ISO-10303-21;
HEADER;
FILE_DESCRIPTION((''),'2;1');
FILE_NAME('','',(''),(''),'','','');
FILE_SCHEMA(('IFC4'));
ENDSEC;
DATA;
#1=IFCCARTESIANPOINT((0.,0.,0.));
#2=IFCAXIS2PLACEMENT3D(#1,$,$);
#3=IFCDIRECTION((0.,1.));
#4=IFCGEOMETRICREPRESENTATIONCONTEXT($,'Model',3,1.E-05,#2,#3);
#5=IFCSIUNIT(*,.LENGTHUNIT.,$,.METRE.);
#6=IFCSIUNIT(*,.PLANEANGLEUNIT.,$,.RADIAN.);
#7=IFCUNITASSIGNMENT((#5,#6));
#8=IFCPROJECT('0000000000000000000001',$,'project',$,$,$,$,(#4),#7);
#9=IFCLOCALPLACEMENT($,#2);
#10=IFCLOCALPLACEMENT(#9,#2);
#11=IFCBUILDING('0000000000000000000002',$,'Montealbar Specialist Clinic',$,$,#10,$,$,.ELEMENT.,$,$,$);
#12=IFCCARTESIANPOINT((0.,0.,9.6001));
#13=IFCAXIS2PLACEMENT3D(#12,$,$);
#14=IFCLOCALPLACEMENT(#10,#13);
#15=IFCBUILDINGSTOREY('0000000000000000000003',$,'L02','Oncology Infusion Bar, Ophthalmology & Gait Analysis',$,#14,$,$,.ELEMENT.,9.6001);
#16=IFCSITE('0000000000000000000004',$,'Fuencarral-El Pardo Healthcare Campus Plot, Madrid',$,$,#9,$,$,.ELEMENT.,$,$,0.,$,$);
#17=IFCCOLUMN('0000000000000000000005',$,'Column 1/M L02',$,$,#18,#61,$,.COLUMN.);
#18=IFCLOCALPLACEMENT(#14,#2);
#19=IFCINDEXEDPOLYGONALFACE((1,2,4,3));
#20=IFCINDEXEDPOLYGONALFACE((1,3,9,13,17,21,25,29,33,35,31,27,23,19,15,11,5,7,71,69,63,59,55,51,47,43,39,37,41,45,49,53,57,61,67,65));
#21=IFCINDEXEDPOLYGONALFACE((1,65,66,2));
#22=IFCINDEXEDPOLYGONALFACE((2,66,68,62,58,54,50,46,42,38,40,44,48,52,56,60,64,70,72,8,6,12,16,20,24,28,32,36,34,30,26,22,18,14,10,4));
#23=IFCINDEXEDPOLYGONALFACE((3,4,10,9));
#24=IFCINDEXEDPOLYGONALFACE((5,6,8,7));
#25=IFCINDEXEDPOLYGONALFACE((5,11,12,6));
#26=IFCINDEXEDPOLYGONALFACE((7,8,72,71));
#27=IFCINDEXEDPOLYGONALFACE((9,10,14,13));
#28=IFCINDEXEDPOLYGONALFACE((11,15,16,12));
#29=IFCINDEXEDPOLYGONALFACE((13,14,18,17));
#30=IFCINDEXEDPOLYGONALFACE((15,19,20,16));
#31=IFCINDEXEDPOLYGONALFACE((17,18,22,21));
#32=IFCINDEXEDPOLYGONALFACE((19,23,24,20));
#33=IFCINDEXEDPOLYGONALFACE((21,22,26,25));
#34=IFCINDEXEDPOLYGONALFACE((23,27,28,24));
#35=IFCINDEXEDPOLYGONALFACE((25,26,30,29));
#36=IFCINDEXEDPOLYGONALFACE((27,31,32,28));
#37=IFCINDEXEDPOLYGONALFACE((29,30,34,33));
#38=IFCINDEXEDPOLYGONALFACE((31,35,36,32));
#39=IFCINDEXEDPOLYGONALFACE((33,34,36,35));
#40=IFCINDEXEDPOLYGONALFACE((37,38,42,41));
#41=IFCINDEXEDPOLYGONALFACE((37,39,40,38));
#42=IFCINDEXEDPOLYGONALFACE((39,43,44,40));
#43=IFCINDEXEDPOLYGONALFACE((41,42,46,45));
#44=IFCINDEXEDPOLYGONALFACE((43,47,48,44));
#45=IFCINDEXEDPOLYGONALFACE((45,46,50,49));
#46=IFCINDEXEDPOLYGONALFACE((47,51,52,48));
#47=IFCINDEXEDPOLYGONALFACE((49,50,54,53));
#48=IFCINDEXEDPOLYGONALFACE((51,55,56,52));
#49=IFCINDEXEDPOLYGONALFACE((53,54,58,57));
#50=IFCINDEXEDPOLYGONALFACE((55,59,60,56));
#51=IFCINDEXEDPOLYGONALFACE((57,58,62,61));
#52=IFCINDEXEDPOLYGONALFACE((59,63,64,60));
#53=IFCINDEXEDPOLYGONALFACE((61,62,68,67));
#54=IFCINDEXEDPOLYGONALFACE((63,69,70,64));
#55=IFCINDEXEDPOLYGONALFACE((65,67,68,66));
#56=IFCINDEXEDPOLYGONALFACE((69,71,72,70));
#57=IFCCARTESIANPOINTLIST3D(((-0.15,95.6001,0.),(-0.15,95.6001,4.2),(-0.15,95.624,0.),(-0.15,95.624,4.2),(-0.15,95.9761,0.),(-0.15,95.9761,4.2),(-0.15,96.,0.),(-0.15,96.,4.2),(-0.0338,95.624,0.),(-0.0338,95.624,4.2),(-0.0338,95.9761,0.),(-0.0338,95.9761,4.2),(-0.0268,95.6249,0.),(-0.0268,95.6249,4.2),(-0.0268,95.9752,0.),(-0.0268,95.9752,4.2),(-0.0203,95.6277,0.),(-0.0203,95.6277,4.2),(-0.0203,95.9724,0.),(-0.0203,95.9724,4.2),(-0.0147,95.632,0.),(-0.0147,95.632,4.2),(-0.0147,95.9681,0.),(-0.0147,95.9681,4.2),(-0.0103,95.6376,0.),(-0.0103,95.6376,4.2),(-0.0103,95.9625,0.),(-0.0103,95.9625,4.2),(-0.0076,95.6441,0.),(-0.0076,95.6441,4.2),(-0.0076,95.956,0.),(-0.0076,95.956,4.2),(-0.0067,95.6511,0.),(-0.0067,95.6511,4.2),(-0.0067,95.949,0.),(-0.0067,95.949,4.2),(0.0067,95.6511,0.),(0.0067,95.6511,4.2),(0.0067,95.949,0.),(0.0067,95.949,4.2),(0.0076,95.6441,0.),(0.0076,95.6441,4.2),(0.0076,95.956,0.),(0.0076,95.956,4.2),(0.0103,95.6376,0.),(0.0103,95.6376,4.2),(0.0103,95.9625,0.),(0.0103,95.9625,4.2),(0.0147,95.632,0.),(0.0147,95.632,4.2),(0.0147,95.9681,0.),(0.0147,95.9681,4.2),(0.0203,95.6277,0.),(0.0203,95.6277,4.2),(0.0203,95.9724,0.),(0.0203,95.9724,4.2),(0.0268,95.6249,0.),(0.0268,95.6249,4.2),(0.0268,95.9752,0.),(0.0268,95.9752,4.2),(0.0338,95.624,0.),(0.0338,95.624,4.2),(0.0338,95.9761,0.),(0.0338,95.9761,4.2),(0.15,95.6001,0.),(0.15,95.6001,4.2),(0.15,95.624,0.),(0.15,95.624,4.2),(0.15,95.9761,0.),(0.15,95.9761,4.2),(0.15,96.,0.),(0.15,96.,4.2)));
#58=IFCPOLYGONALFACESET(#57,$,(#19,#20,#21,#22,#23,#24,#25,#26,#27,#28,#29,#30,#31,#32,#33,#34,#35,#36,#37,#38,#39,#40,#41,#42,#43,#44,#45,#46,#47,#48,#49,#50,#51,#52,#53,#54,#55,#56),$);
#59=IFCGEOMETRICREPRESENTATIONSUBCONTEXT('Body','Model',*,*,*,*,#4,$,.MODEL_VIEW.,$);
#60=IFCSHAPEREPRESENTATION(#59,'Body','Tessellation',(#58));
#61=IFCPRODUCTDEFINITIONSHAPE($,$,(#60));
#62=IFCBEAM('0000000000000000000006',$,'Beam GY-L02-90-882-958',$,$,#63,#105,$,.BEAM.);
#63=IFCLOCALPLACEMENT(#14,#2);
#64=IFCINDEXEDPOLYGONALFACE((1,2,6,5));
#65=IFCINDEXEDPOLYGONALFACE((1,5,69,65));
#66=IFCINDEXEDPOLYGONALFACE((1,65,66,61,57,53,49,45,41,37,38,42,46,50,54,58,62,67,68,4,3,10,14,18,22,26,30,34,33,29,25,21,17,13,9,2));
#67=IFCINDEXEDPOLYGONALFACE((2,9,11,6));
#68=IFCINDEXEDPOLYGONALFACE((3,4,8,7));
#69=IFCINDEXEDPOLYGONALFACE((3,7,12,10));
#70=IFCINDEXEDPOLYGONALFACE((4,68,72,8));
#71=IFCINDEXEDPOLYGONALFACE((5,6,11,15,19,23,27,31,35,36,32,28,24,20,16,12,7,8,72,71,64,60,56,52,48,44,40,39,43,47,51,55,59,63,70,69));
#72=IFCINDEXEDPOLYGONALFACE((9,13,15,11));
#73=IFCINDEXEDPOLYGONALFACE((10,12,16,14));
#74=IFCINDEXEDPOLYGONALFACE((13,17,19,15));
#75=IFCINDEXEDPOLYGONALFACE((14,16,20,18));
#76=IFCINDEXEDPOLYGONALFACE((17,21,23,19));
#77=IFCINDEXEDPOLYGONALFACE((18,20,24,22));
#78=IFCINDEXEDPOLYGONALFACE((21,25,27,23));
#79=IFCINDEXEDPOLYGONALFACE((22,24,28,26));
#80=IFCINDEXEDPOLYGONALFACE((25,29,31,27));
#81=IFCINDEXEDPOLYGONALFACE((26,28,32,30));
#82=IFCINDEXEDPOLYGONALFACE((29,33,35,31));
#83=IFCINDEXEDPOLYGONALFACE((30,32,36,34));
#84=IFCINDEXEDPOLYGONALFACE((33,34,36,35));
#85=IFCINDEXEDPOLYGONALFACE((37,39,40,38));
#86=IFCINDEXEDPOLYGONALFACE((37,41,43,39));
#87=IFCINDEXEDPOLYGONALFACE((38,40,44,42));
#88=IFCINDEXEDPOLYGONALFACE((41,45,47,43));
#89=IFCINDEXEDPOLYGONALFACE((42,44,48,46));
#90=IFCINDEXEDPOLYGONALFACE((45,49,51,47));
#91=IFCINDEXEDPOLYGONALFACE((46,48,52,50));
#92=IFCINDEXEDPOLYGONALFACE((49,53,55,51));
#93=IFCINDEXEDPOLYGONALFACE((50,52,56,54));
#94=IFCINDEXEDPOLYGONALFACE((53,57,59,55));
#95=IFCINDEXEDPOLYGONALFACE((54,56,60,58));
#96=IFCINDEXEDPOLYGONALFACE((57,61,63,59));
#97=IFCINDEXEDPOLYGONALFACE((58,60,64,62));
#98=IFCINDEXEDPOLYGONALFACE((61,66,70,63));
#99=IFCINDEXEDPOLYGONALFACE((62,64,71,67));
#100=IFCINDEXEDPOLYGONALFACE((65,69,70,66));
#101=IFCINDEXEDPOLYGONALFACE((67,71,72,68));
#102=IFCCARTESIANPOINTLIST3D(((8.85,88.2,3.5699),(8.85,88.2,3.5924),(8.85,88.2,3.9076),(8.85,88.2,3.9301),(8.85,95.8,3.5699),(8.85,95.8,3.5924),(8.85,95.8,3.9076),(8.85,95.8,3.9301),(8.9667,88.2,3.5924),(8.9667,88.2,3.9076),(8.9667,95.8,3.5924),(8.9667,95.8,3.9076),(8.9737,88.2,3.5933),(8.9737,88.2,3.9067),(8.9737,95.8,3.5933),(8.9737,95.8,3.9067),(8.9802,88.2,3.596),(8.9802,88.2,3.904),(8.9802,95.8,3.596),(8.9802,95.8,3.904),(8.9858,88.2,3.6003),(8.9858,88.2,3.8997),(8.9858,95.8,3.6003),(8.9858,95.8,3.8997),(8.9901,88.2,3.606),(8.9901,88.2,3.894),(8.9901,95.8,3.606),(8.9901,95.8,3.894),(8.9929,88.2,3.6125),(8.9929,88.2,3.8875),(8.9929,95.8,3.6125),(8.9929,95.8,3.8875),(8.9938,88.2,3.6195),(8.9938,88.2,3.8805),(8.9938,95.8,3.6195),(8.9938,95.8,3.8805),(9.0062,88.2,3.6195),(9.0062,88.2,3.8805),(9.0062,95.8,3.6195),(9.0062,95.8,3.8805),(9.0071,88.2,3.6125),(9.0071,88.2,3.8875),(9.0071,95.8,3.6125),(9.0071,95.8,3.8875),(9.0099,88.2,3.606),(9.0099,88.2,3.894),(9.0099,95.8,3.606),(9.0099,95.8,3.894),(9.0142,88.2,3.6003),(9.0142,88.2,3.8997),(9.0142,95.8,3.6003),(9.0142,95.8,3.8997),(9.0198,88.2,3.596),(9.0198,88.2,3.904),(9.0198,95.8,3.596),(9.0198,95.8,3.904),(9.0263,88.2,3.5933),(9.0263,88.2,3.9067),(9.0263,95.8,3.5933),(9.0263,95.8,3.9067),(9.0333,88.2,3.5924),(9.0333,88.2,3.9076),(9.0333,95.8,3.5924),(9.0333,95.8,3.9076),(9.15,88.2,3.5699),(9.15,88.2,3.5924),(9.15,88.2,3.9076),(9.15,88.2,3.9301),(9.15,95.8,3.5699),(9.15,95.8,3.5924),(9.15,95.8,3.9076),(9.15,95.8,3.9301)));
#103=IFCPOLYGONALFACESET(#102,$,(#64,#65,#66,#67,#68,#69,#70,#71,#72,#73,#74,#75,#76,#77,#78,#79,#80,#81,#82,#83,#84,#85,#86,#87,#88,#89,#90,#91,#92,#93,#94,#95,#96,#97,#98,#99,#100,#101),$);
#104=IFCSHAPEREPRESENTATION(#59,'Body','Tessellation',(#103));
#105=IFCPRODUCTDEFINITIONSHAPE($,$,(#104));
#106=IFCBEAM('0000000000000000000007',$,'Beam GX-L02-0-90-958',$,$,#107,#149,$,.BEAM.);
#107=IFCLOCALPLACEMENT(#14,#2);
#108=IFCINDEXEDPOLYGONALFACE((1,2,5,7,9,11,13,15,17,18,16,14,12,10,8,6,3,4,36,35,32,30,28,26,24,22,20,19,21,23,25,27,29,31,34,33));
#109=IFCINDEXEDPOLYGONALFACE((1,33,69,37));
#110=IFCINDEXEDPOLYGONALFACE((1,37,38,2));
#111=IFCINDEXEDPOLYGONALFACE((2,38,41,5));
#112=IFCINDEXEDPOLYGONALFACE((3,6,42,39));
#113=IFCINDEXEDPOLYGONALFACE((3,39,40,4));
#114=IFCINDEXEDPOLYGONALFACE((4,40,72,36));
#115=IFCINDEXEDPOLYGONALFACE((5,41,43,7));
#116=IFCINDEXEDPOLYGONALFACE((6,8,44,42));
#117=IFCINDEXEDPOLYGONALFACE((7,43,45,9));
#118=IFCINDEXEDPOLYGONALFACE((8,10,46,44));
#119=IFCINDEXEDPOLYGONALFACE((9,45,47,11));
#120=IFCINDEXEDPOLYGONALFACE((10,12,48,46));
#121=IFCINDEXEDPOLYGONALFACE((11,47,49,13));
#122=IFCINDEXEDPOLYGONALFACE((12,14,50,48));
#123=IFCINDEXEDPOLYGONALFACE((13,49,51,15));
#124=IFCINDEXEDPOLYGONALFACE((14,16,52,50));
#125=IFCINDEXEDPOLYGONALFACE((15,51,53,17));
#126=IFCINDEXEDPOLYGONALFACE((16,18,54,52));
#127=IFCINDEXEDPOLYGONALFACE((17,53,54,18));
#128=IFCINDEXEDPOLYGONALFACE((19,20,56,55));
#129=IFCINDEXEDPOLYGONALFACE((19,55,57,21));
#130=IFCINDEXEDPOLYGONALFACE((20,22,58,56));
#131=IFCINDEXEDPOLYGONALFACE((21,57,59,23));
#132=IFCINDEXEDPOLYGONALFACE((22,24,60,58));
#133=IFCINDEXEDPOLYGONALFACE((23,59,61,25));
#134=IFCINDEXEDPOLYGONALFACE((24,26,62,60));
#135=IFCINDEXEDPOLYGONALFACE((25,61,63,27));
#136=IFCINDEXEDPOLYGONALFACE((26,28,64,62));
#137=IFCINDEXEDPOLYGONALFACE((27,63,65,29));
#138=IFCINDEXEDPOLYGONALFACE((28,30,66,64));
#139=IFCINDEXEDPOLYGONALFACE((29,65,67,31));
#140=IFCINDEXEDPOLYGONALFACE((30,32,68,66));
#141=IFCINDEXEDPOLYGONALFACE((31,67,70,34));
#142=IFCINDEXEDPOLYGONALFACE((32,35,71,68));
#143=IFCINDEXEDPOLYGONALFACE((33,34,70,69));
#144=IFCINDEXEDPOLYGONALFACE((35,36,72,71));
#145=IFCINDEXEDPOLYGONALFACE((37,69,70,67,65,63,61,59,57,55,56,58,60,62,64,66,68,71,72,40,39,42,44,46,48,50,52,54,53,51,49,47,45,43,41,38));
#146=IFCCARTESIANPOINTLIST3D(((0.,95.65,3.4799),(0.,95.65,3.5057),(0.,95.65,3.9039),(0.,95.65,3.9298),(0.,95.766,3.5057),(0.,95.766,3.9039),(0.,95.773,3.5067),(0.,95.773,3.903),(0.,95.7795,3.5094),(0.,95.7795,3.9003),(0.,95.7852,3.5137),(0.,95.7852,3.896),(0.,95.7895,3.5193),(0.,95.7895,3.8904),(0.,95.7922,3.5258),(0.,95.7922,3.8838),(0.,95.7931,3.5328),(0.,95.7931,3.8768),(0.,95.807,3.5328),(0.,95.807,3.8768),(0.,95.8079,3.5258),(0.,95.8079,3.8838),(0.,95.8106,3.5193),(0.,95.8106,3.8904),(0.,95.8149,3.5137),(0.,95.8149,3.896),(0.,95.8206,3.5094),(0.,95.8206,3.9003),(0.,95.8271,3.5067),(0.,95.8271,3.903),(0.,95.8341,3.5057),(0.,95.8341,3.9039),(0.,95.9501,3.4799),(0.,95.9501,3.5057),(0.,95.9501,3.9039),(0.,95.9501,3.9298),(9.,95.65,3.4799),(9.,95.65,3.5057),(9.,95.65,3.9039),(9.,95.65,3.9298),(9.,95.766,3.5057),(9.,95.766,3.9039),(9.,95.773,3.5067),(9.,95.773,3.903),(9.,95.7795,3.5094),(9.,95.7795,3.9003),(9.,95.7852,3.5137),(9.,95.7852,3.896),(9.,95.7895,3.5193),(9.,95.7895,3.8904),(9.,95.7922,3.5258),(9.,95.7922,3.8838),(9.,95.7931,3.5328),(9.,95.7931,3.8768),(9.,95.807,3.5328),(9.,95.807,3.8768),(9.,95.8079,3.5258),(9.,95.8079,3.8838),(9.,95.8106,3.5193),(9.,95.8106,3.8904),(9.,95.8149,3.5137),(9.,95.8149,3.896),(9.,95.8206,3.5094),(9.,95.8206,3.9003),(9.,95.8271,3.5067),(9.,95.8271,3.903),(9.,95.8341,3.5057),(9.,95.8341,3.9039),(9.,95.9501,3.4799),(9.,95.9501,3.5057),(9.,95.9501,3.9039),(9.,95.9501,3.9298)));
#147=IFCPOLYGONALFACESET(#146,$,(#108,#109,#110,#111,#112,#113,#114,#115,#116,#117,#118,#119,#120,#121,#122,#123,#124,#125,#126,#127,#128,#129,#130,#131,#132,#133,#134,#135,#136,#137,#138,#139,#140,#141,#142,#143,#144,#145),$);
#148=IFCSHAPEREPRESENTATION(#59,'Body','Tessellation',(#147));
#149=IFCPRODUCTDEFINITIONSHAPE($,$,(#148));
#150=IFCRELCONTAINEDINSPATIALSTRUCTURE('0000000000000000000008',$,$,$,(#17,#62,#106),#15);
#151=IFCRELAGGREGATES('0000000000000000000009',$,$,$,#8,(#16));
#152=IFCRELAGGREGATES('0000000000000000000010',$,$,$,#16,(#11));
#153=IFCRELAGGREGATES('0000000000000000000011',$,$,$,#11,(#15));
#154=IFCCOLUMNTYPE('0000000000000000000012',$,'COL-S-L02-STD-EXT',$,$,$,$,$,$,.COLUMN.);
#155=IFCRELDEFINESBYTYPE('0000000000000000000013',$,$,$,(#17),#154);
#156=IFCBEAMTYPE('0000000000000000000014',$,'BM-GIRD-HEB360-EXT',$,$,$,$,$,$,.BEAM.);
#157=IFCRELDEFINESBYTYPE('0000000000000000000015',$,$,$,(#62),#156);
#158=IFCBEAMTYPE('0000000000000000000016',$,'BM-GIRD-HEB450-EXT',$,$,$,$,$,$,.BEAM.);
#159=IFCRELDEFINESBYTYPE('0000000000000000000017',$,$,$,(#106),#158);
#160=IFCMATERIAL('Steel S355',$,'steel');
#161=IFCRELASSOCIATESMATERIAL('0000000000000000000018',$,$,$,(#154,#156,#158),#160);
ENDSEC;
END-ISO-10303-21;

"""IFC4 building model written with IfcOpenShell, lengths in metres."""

from ifc_helpers import new_model, si_unit, direction, frame, origin, origin_2d, place, context, subcontext, project, spatial, i_section, extrude, material, material_profile, profile_set, type_object, element, save


model = new_model("IFC4")

# Units and contexts
model_context = context("Model", 3, precision=1e-05, world=origin(), true_north=direction((0.0, 1.0)))
body_context = subcontext(model_context, "Body", "Model", "MODEL_VIEW")
ifc_project = project(units=[si_unit("LENGTHUNIT", "METRE"), si_unit("PLANEANGLEUNIT", "RADIAN")], contexts=[model_context])

# Site, building, storey
site_placement = place(None, origin())
site = spatial("IfcSite", under=ifc_project, at=site_placement, Name="Fuencarral-El Pardo Healthcare Campus Plot, Madrid", CompositionType="ELEMENT", RefElevation=0.0)
building_placement = place(site_placement, origin())
building = spatial("IfcBuilding", under=site, at=building_placement, Name="Montealbar Specialist Clinic", CompositionType="ELEMENT")
storey_placement = place(building_placement, frame((0.0, 0.0, 9.6001)))
storey = spatial("IfcBuildingStorey", under=building, at=storey_placement, Name="L02", Description="Oncology Infusion Bar, Ophthalmology & Gait Analysis", CompositionType="ELEMENT", Elevation=9.6001)

# Column
ifc_material_1 = material(Name="Steel S355", Category="steel")
ifc_material_profile_1 = material_profile(ifc_material_1, i_section(OverallWidth=0.3, OverallDepth=0.3999, WebThickness=0.0134, FlangeThickness=0.0239, FilletRadius=0.0271, at=origin_2d()), Name="HEB 400", Category="steel")
ifc_profile_set_1 = profile_set([ifc_material_profile_1], Name="Steel S355")
column_type = type_object("IfcColumnType", Name="COL-S-L02-STD-EXT", PredefinedType="COLUMN", material=ifc_profile_set_1)
column_placement = place(storey_placement, frame((0.0, 95.8, 0.0), z_axis=(0.0, 0.0, 1.0), x_axis=(1.0, 0.0, 0.0)))
element("IfcColumn", 1, at=column_placement, inside=storey, type_object=column_type, Name="Column 1/M L02", PredefinedType="COLUMN", context=body_context, shape_type="SweptSolid", body=[
    extrude(i_section(OverallWidth=0.3, OverallDepth=0.3999, WebThickness=0.0134, FlangeThickness=0.0239, FilletRadius=0.0271, at=origin_2d()), origin(), (0.0, 0.0, 1.0), 4.2),
])

# Beams
ifc_material_profile_2 = material_profile(ifc_material_1, i_section(OverallWidth=0.3, OverallDepth=0.3601, WebThickness=0.0125, FlangeThickness=0.0225, FilletRadius=0.0271, at=origin_2d()), Name="HEB 360", Category="steel")
ifc_profile_set_2 = profile_set([ifc_material_profile_2], Name="Steel S355")
beam_type_1 = type_object("IfcBeamType", Name="BM-GIRD-HEB360-EXT", PredefinedType="BEAM", material=ifc_profile_set_2)
beam_1_placement = place(storey_placement, frame((9.0, 88.2, 3.75), z_axis=(0.0, 1.0, 0.0), x_axis=(-1.0, 0.0, 0.0)))
element("IfcBeam", 2, at=beam_1_placement, inside=storey, type_object=beam_type_1, Name="Beam GY-L02-90-882-958", PredefinedType="BEAM", context=body_context, shape_type="SweptSolid", body=[
    extrude(i_section(OverallWidth=0.3, OverallDepth=0.3601, WebThickness=0.0125, FlangeThickness=0.0225, FilletRadius=0.0271, at=origin_2d()), origin(), (0.0, 0.0, 1.0), 7.6001),
])
ifc_material_profile_3 = material_profile(ifc_material_1, i_section(OverallWidth=0.3, OverallDepth=0.45, WebThickness=0.0139, FlangeThickness=0.0259, FilletRadius=0.0271, at=origin_2d()), Name="HEB 450", Category="steel")
ifc_profile_set_3 = profile_set([ifc_material_profile_3], Name="Steel S355")
beam_type_2 = type_object("IfcBeamType", Name="BM-GIRD-HEB450-EXT", PredefinedType="BEAM", material=ifc_profile_set_3)
beam_2_placement = place(storey_placement, frame((0.0, 95.8, 3.7048), z_axis=(1.0, 0.0, 0.0), x_axis=(0.0, 1.0, 0.0)))
element("IfcBeam", 3, at=beam_2_placement, inside=storey, type_object=beam_type_2, Name="Beam GX-L02-0-90-958", PredefinedType="BEAM", context=body_context, shape_type="SweptSolid", body=[
    extrude(i_section(OverallWidth=0.3, OverallDepth=0.45, WebThickness=0.0139, FlangeThickness=0.0259, FilletRadius=0.0271, at=origin_2d()), origin(), (0.0, 0.0, 1.0), 9.0),
])

save(model, "model.ifc")
